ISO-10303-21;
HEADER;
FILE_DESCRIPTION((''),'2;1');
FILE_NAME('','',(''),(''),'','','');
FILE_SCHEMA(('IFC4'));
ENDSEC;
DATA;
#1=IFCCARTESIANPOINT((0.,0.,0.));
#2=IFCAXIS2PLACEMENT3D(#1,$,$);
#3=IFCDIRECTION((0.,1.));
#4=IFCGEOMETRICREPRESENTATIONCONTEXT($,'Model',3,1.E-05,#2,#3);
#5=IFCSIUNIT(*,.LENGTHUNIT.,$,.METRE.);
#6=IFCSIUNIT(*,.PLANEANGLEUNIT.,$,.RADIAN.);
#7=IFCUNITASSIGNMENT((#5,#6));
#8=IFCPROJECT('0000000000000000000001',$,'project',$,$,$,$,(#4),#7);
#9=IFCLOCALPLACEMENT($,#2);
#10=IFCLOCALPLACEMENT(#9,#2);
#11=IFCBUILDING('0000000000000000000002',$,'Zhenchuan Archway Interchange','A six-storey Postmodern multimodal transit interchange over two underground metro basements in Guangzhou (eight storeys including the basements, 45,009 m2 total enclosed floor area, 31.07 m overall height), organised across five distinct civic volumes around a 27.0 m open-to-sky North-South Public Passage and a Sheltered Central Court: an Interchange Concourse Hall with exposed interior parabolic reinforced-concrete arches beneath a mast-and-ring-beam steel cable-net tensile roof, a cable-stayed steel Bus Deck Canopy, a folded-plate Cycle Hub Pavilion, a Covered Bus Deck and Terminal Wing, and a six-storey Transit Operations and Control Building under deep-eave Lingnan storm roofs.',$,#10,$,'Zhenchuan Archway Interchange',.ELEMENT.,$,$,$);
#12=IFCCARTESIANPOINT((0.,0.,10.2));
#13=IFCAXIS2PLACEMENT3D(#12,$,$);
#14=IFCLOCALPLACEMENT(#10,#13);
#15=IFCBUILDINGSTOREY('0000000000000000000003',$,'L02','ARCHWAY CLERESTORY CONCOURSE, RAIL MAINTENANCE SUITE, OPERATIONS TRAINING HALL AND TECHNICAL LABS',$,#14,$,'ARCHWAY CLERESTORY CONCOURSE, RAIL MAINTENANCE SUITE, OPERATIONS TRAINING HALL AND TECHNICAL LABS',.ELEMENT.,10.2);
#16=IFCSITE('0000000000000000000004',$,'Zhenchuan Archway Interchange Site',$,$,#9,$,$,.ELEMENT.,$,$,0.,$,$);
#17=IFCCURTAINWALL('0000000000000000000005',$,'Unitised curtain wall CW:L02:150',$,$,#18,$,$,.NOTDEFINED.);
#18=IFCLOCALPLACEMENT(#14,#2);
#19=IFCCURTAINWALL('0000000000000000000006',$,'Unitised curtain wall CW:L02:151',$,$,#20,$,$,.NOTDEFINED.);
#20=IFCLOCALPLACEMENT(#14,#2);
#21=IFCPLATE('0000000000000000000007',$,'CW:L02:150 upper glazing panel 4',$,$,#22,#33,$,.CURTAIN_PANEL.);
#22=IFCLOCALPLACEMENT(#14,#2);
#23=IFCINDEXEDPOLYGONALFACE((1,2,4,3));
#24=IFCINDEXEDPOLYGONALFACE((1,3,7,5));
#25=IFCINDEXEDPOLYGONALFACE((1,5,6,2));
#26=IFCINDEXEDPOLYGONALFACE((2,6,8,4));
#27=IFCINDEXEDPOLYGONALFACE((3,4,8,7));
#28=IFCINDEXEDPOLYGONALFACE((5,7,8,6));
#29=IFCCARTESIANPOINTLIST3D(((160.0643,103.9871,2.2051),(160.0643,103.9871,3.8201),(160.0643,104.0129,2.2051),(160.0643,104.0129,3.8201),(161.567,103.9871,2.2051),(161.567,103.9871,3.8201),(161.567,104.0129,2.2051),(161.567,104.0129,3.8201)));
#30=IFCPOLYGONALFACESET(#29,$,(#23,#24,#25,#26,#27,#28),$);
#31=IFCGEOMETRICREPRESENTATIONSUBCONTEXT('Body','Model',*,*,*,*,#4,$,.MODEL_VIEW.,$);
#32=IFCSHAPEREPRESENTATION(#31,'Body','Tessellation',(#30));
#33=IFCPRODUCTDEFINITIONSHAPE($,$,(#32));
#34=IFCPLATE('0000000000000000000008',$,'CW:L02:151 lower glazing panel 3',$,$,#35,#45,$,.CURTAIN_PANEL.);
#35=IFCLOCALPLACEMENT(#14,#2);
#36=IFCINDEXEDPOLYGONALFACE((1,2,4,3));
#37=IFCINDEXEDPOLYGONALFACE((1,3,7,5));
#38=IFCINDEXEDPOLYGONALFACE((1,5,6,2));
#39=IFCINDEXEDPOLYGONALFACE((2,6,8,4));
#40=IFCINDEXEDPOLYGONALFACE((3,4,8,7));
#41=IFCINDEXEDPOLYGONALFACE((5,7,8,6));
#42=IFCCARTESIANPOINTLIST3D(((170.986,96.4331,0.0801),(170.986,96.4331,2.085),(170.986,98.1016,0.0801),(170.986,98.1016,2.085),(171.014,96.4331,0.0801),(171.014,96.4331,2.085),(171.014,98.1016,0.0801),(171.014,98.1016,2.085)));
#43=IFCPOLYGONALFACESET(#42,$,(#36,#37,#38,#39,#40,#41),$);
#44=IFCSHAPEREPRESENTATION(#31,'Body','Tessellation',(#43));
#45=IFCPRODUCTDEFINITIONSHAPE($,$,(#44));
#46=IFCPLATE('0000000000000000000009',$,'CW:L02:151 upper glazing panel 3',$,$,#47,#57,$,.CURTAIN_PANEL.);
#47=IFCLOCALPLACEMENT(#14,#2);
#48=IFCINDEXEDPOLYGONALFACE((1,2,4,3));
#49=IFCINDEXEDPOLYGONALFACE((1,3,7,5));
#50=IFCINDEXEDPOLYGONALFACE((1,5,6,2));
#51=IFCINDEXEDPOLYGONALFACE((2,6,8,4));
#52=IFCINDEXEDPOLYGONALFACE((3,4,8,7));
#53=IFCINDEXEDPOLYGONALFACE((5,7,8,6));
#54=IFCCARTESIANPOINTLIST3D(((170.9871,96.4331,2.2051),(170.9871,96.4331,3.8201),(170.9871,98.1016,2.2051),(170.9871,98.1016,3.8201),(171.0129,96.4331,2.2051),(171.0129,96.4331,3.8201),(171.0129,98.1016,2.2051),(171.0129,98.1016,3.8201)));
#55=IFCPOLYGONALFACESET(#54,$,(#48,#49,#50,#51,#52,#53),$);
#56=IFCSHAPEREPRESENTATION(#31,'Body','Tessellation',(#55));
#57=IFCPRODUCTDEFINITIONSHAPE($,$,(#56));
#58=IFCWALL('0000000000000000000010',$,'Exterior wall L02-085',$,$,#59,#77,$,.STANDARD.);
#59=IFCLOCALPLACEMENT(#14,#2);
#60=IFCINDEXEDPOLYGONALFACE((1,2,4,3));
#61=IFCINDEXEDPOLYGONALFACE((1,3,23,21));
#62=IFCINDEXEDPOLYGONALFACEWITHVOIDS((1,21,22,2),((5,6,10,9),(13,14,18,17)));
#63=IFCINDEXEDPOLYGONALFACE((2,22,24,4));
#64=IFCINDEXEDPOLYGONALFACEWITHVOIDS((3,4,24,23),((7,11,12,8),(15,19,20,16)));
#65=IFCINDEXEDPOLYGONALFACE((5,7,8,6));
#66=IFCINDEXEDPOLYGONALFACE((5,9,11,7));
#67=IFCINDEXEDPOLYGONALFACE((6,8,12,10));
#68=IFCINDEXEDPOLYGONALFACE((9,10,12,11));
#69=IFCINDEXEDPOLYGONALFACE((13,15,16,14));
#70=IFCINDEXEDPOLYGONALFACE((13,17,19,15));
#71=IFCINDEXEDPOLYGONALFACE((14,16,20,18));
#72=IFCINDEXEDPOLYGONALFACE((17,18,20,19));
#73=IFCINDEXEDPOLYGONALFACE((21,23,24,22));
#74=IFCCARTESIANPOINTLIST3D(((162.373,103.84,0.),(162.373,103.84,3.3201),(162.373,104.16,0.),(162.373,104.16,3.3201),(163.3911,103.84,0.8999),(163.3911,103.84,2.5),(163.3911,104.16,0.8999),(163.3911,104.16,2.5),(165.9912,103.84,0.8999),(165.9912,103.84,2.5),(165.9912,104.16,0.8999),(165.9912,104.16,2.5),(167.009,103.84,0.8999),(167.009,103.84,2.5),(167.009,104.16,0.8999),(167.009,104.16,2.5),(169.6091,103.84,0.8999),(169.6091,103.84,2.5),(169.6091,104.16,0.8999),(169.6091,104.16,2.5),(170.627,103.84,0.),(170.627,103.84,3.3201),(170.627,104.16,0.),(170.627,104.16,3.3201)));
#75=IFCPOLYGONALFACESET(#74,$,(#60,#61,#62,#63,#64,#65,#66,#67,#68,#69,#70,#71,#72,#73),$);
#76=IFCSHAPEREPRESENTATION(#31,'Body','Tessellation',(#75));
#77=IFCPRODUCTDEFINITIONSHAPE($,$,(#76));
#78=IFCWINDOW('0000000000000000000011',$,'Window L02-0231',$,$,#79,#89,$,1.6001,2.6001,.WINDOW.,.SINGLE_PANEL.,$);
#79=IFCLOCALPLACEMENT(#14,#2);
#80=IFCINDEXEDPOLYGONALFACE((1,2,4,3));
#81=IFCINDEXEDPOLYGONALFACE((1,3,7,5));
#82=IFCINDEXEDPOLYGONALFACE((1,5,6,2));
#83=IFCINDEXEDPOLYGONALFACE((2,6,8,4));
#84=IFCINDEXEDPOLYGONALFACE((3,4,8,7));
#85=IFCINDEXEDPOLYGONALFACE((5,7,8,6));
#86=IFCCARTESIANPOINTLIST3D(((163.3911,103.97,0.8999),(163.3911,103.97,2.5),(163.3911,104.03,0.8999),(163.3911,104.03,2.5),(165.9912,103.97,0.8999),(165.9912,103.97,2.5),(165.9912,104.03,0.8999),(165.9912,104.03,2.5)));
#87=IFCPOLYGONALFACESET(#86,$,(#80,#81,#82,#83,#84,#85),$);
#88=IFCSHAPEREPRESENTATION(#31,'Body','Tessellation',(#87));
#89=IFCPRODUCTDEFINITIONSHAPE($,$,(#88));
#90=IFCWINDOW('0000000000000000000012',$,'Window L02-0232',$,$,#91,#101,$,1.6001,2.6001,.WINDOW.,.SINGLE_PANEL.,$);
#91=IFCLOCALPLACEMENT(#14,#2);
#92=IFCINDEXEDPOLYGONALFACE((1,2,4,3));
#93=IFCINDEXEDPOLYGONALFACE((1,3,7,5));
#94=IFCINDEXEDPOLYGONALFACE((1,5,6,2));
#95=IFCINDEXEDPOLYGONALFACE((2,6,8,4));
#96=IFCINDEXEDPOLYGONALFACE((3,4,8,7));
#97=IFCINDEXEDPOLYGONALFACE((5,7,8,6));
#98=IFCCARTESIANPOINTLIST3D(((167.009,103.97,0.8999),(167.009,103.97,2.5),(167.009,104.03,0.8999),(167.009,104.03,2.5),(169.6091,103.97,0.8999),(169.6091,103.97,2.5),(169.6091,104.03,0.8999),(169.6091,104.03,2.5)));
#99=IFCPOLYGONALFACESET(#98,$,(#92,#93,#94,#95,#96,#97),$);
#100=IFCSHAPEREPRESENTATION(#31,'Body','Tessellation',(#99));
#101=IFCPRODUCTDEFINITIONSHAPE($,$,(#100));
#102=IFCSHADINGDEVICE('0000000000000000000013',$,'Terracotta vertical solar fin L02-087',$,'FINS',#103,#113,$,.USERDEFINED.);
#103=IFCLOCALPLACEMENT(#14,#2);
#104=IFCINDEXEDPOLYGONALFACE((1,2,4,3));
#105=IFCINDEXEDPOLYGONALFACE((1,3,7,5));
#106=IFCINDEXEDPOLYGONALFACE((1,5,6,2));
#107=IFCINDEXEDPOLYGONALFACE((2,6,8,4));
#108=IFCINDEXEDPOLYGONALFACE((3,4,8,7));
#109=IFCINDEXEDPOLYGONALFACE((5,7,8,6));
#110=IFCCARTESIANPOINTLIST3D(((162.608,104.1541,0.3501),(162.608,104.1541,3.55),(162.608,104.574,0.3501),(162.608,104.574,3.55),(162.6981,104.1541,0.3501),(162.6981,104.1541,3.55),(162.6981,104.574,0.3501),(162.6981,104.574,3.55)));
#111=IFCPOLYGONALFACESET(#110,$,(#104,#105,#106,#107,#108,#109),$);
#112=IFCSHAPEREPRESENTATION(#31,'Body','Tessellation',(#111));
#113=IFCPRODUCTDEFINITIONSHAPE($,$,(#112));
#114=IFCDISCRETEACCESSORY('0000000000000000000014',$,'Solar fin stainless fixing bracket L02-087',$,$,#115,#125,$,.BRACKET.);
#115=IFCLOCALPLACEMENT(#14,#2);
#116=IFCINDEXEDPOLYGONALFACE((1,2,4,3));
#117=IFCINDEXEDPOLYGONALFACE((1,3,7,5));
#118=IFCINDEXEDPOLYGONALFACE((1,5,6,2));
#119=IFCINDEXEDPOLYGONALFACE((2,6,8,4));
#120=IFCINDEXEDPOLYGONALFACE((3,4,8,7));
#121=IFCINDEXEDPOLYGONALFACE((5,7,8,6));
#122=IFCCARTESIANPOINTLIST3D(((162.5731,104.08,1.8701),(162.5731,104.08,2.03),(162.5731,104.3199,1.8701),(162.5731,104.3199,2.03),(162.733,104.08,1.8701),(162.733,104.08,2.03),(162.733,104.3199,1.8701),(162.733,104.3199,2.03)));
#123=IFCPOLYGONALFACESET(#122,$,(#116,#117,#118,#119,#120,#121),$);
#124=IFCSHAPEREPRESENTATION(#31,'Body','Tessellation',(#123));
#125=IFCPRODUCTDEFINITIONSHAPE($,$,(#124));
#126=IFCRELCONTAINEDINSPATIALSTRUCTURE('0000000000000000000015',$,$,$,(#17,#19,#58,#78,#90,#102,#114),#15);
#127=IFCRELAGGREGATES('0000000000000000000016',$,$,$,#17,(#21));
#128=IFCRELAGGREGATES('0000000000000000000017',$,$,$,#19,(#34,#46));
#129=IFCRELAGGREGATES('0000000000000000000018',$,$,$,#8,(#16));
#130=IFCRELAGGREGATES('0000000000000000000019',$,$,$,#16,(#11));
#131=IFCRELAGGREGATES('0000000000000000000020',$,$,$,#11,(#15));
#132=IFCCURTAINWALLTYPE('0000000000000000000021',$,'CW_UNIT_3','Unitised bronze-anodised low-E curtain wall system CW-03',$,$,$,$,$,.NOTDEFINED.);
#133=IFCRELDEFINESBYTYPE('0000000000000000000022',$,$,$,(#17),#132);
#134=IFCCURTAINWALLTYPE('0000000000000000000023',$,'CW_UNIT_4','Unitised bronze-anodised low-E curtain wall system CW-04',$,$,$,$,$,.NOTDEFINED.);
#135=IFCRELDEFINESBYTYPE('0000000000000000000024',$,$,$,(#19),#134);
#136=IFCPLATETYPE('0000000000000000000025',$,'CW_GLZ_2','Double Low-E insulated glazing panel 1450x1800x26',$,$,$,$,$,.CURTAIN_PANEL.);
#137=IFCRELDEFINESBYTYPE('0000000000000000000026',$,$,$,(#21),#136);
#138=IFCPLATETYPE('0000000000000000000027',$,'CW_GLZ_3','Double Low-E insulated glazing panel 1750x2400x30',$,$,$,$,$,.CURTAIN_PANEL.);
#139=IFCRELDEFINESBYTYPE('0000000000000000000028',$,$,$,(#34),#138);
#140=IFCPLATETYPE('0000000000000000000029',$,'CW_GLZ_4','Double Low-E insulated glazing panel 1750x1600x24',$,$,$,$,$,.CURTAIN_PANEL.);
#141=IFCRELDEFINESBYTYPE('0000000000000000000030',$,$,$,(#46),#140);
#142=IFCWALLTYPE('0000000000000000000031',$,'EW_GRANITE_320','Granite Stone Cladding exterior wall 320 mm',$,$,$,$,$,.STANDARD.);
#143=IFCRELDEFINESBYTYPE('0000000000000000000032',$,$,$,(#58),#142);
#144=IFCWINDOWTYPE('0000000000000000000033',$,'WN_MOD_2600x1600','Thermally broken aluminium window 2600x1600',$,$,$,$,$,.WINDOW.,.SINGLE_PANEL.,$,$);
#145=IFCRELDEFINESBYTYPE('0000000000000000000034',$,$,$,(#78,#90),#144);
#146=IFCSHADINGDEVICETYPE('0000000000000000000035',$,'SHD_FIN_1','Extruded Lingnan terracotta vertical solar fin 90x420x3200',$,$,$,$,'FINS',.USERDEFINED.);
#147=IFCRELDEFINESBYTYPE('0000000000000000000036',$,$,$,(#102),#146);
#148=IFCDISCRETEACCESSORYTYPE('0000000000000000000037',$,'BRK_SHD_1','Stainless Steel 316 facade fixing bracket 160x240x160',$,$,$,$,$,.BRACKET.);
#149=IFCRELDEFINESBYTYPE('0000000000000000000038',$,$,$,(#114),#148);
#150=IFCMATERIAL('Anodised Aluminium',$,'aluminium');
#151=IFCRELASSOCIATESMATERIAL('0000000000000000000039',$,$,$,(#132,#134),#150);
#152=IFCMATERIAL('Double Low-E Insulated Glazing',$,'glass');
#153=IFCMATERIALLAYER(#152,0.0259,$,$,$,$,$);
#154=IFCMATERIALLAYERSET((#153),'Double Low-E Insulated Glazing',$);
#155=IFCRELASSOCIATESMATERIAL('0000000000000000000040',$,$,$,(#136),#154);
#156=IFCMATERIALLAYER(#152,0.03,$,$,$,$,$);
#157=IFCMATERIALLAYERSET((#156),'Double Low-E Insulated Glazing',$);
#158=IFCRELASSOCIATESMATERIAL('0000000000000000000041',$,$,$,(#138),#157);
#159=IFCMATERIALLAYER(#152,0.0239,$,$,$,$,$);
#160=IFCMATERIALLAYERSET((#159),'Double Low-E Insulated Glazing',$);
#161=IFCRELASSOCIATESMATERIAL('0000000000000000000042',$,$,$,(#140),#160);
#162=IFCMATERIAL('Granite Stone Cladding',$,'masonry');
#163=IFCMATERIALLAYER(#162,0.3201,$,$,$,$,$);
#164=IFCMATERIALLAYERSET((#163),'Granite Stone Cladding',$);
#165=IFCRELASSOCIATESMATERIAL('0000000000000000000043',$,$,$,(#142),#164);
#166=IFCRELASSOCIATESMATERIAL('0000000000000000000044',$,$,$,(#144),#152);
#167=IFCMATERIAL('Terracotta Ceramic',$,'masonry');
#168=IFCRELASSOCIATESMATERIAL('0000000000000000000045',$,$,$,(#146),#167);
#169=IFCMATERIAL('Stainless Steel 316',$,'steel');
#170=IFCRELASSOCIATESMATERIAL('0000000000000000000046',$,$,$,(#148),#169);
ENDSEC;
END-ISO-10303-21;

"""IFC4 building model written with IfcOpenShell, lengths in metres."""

from ifc_helpers import new_model, si_unit, direction, frame, frame_2d, origin, origin_2d, place, context, subcontext, project, spatial, rectangle, extrude, material, layer, layer_set, type_object, element, fill, aggregate, save


model = new_model("IFC4")

# Units and contexts
model_context = context("Model", 3, precision=1e-05, world=origin(), true_north=direction((0.0, 1.0)))
body_context = subcontext(model_context, "Body", "Model", "MODEL_VIEW")
ifc_project = project(units=[si_unit("LENGTHUNIT", "METRE"), si_unit("PLANEANGLEUNIT", "RADIAN")], contexts=[model_context])

# Site, building, storey
site_placement = place(None, origin())
site = spatial("IfcSite", under=ifc_project, at=site_placement, Name="Zhenchuan Archway Interchange Site", CompositionType="ELEMENT", RefElevation=0.0)
building_placement = place(site_placement, origin())
building = spatial("IfcBuilding", under=site, at=building_placement, Name="Zhenchuan Archway Interchange", Description="A six-storey Postmodern multimodal transit interchange over two underground metro basements in Guangzhou (eight storeys including the basements, 45,009 m2 total enclosed floor area, 31.07 m overall height), organised across five distinct civic volumes around a 27.0 m open-to-sky North-South Public Passage and a Sheltered Central Court: an Interchange Concourse Hall with exposed interior parabolic reinforced-concrete arches beneath a mast-and-ring-beam steel cable-net tensile roof, a cable-stayed steel Bus Deck Canopy, a folded-plate Cycle Hub Pavilion, a Covered Bus Deck and Terminal Wing, and a six-storey Transit Operations and Control Building under deep-eave Lingnan storm roofs.", LongName="Zhenchuan Archway Interchange", CompositionType="ELEMENT")
storey_placement = place(building_placement, frame((0.0, 0.0, 10.2)))
storey = spatial("IfcBuildingStorey", under=building, at=storey_placement, Name="L02", Description="ARCHWAY CLERESTORY CONCOURSE, RAIL MAINTENANCE SUITE, OPERATIONS TRAINING HALL AND TECHNICAL LABS", LongName="ARCHWAY CLERESTORY CONCOURSE, RAIL MAINTENANCE SUITE, OPERATIONS TRAINING HALL AND TECHNICAL LABS", CompositionType="ELEMENT", Elevation=10.2)

# Curtain wall
ifc_material_1 = material(Name="Anodised Aluminium", Category="aluminium")
curtain_wall_type_1 = type_object("IfcCurtainWallType", Name="CW_UNIT_3", Description="Unitised bronze-anodised low-E curtain wall system CW-03", PredefinedType="NOTDEFINED", material=ifc_material_1)
curtain_wall_1_placement = place(storey_placement, origin())
curtain_wall_1 = element("IfcCurtainWall", 1, at=curtain_wall_1_placement, inside=storey, type_object=curtain_wall_type_1, Name="Unitised curtain wall CW:L02:150", PredefinedType="NOTDEFINED")

# Curtain wall
curtain_wall_type_2 = type_object("IfcCurtainWallType", Name="CW_UNIT_4", Description="Unitised bronze-anodised low-E curtain wall system CW-04", PredefinedType="NOTDEFINED", material=ifc_material_1)
curtain_wall_2_placement = place(storey_placement, origin())
curtain_wall_2 = element("IfcCurtainWall", 2, at=curtain_wall_2_placement, inside=storey, type_object=curtain_wall_type_2, Name="Unitised curtain wall CW:L02:151", PredefinedType="NOTDEFINED")

# Plates
ifc_material_2 = material(Name="Double Low-E Insulated Glazing", Category="glass")
ifc_layer_1 = layer(ifc_material_2, 0.0259)
ifc_layer_set_1 = layer_set([ifc_layer_1], Name="Double Low-E Insulated Glazing")
plate_type_1 = type_object("IfcPlateType", Name="CW_GLZ_2", Description="Double Low-E insulated glazing panel 1450x1800x26", PredefinedType="CURTAIN_PANEL", material=ifc_layer_set_1)
plate_1_placement = place(storey_placement, frame((160.8157, 104.0, 2.2051), z_axis=(0.0, 0.0, 1.0), x_axis=(1.0, 0.0, 0.0)))
plate_1 = element("IfcPlate", 3, at=plate_1_placement, type_object=plate_type_1, Name="CW:L02:150 upper glazing panel 4", PredefinedType="CURTAIN_PANEL", context=body_context, shape_type="SweptSolid", body=[
    extrude(rectangle(XDim=1.5027, YDim=0.0259, at=origin_2d()), origin(), (0.0, 0.0, 1.0), 1.615),
])
aggregate(curtain_wall_1, [plate_1])
ifc_layer_2 = layer(ifc_material_2, 0.03)
ifc_layer_set_2 = layer_set([ifc_layer_2], Name="Double Low-E Insulated Glazing")
plate_type_2 = type_object("IfcPlateType", Name="CW_GLZ_3", Description="Double Low-E insulated glazing panel 1750x2400x30", PredefinedType="CURTAIN_PANEL", material=ifc_layer_set_2)
plate_2_placement = place(storey_placement, frame((171.0, 97.2673, 0.0801), z_axis=(0.0, 0.0, 1.0), x_axis=(0.0, -1.0, 0.0)))
plate_2 = element("IfcPlate", 4, at=plate_2_placement, type_object=plate_type_2, Name="CW:L02:151 lower glazing panel 3", PredefinedType="CURTAIN_PANEL", context=body_context, shape_type="SweptSolid", body=[
    extrude(rectangle(XDim=1.6685, YDim=0.0281, at=origin_2d()), origin(), (0.0, 0.0, 1.0), 2.0049),
])
ifc_layer_3 = layer(ifc_material_2, 0.0239)
ifc_layer_set_3 = layer_set([ifc_layer_3], Name="Double Low-E Insulated Glazing")
plate_type_3 = type_object("IfcPlateType", Name="CW_GLZ_4", Description="Double Low-E insulated glazing panel 1750x1600x24", PredefinedType="CURTAIN_PANEL", material=ifc_layer_set_3)
plate_3_placement = place(storey_placement, frame((171.0, 97.2673, 2.2051), z_axis=(0.0, 0.0, 1.0), x_axis=(0.0, -1.0, 0.0)))
plate_3 = element("IfcPlate", 5, at=plate_3_placement, type_object=plate_type_3, Name="CW:L02:151 upper glazing panel 3", PredefinedType="CURTAIN_PANEL", context=body_context, shape_type="SweptSolid", body=[
    extrude(rectangle(XDim=1.6685, YDim=0.0259, at=origin_2d()), origin(), (0.0, 0.0, 1.0), 1.615),
])
aggregate(curtain_wall_2, [plate_2, plate_3])

# Wall, openings, windows
ifc_material_3 = material(Name="Granite Stone Cladding", Category="masonry")
ifc_layer_4 = layer(ifc_material_3, 0.3201)
ifc_layer_set_4 = layer_set([ifc_layer_4], Name="Granite Stone Cladding")
wall_type = type_object("IfcWallType", Name="EW_GRANITE_320", Description="Granite Stone Cladding exterior wall 320 mm", PredefinedType="STANDARD", material=ifc_layer_set_4)
wall_placement = place(storey_placement, frame((162.373, 104.0, 0.0), z_axis=(0.0, 0.0, 1.0), x_axis=(1.0, 0.0, 0.0)))
wall = element("IfcWall", 6, at=wall_placement, inside=storey, type_object=wall_type, Name="Exterior wall L02-085", PredefinedType="STANDARD", context=body_context, shape_type="SweptSolid", body=[
    extrude(rectangle(XDim=8.2539, YDim=0.3201, at=frame_2d((4.127, 0.0))), origin(), (0.0, 0.0, 1.0), 3.3201),
])
opening_1_placement = place(wall_placement, frame((1.0181, 0.0, 0.8999)))
opening_1 = element("IfcOpeningElement", 7, at=opening_1_placement, cuts=wall, PredefinedType="OPENING", context=body_context, shape_type="SweptSolid", body=[
    extrude(rectangle(XDim=2.6001, YDim=1.6001, at=frame_2d((1.3, 0.8))), frame((0.0, 0.1719, 0.0), z_axis=(0.0, -1.0, 0.0), x_axis=(1.0, 0.0, 0.0)), (0.0, 0.0, 1.0), 0.344),
])
opening_2_placement = place(wall_placement, frame((4.636, 0.0, 0.8999)))
opening_2 = element("IfcOpeningElement", 8, at=opening_2_placement, cuts=wall, PredefinedType="OPENING", context=body_context, shape_type="SweptSolid", body=[
    extrude(rectangle(XDim=2.6001, YDim=1.6001, at=frame_2d((1.3, 0.8))), frame((0.0, 0.1719, 0.0), z_axis=(0.0, -1.0, 0.0), x_axis=(1.0, 0.0, 0.0)), (0.0, 0.0, 1.0), 0.344),
])
window_type = type_object("IfcWindowType", Name="WN_MOD_2600x1600", Description="Thermally broken aluminium window 2600x1600", PartitioningType="SINGLE_PANEL", PredefinedType="WINDOW", material=ifc_material_2)
window_1_placement = place(opening_1_placement, origin())
window_1 = element("IfcWindow", 9, at=window_1_placement, inside=storey, type_object=window_type, Name="Window L02-0231", OverallHeight=1.6001, OverallWidth=2.6001, PartitioningType="SINGLE_PANEL", PredefinedType="WINDOW", context=body_context, shape_type="SweptSolid", body=[
    extrude(rectangle(XDim=2.6001, YDim=1.6001, at=frame_2d((1.3, 0.8))), frame((0.0, 0.03, 0.0), z_axis=(0.0, -1.0, 0.0), x_axis=(1.0, 0.0, 0.0)), (0.0, 0.0, 1.0), 0.0601),
])
fill(opening_1, window_1)
window_2_placement = place(opening_2_placement, origin())
window_2 = element("IfcWindow", 10, at=window_2_placement, inside=storey, type_object=window_type, Name="Window L02-0232", OverallHeight=1.6001, OverallWidth=2.6001, PartitioningType="SINGLE_PANEL", PredefinedType="WINDOW", context=body_context, shape_type="SweptSolid", body=[
    extrude(rectangle(XDim=2.6001, YDim=1.6001, at=frame_2d((1.3, 0.8))), frame((0.0, 0.03, 0.0), z_axis=(0.0, -1.0, 0.0), x_axis=(1.0, 0.0, 0.0)), (0.0, 0.0, 1.0), 0.0601),
])
fill(opening_2, window_2)

# Shading device
ifc_material_4 = material(Name="Terracotta Ceramic", Category="masonry")
shading_device_type = type_object("IfcShadingDeviceType", Name="SHD_FIN_1", Description="Extruded Lingnan terracotta vertical solar fin 90x420x3200", ElementType="FINS", PredefinedType="USERDEFINED", material=ifc_material_4)
shading_device_placement = place(storey_placement, frame((162.6531, 104.364, 0.3501), z_axis=(0.0, 0.0, 1.0), x_axis=(1.0, 0.0, 0.0)))
element("IfcShadingDevice", 11, at=shading_device_placement, inside=storey, type_object=shading_device_type, Name="Terracotta vertical solar fin L02-087", ObjectType="FINS", PredefinedType="USERDEFINED", context=body_context, shape_type="SweptSolid", body=[
    extrude(rectangle(XDim=0.0901, YDim=0.4199, at=origin_2d()), origin(), (0.0, 0.0, 1.0), 3.2),
])

# Discrete accessory
ifc_material_5 = material(Name="Stainless Steel 316", Category="steel")
discrete_accessory_type = type_object("IfcDiscreteAccessoryType", Name="BRK_SHD_1", Description="Stainless Steel 316 facade fixing bracket 160x240x160", PredefinedType="BRACKET", material=ifc_material_5)
discrete_accessory_placement = place(storey_placement, frame((162.6531, 104.2, 1.8701), z_axis=(0.0, 0.0, 1.0), x_axis=(1.0, 0.0, 0.0)))
element("IfcDiscreteAccessory", 12, at=discrete_accessory_placement, inside=storey, type_object=discrete_accessory_type, Name="Solar fin stainless fixing bracket L02-087", PredefinedType="BRACKET", context=body_context, shape_type="SweptSolid", body=[
    extrude(rectangle(XDim=0.1599, YDim=0.24, at=origin_2d()), origin(), (0.0, 0.0, 1.0), 0.1599),
])

save(model, "model.ifc")
